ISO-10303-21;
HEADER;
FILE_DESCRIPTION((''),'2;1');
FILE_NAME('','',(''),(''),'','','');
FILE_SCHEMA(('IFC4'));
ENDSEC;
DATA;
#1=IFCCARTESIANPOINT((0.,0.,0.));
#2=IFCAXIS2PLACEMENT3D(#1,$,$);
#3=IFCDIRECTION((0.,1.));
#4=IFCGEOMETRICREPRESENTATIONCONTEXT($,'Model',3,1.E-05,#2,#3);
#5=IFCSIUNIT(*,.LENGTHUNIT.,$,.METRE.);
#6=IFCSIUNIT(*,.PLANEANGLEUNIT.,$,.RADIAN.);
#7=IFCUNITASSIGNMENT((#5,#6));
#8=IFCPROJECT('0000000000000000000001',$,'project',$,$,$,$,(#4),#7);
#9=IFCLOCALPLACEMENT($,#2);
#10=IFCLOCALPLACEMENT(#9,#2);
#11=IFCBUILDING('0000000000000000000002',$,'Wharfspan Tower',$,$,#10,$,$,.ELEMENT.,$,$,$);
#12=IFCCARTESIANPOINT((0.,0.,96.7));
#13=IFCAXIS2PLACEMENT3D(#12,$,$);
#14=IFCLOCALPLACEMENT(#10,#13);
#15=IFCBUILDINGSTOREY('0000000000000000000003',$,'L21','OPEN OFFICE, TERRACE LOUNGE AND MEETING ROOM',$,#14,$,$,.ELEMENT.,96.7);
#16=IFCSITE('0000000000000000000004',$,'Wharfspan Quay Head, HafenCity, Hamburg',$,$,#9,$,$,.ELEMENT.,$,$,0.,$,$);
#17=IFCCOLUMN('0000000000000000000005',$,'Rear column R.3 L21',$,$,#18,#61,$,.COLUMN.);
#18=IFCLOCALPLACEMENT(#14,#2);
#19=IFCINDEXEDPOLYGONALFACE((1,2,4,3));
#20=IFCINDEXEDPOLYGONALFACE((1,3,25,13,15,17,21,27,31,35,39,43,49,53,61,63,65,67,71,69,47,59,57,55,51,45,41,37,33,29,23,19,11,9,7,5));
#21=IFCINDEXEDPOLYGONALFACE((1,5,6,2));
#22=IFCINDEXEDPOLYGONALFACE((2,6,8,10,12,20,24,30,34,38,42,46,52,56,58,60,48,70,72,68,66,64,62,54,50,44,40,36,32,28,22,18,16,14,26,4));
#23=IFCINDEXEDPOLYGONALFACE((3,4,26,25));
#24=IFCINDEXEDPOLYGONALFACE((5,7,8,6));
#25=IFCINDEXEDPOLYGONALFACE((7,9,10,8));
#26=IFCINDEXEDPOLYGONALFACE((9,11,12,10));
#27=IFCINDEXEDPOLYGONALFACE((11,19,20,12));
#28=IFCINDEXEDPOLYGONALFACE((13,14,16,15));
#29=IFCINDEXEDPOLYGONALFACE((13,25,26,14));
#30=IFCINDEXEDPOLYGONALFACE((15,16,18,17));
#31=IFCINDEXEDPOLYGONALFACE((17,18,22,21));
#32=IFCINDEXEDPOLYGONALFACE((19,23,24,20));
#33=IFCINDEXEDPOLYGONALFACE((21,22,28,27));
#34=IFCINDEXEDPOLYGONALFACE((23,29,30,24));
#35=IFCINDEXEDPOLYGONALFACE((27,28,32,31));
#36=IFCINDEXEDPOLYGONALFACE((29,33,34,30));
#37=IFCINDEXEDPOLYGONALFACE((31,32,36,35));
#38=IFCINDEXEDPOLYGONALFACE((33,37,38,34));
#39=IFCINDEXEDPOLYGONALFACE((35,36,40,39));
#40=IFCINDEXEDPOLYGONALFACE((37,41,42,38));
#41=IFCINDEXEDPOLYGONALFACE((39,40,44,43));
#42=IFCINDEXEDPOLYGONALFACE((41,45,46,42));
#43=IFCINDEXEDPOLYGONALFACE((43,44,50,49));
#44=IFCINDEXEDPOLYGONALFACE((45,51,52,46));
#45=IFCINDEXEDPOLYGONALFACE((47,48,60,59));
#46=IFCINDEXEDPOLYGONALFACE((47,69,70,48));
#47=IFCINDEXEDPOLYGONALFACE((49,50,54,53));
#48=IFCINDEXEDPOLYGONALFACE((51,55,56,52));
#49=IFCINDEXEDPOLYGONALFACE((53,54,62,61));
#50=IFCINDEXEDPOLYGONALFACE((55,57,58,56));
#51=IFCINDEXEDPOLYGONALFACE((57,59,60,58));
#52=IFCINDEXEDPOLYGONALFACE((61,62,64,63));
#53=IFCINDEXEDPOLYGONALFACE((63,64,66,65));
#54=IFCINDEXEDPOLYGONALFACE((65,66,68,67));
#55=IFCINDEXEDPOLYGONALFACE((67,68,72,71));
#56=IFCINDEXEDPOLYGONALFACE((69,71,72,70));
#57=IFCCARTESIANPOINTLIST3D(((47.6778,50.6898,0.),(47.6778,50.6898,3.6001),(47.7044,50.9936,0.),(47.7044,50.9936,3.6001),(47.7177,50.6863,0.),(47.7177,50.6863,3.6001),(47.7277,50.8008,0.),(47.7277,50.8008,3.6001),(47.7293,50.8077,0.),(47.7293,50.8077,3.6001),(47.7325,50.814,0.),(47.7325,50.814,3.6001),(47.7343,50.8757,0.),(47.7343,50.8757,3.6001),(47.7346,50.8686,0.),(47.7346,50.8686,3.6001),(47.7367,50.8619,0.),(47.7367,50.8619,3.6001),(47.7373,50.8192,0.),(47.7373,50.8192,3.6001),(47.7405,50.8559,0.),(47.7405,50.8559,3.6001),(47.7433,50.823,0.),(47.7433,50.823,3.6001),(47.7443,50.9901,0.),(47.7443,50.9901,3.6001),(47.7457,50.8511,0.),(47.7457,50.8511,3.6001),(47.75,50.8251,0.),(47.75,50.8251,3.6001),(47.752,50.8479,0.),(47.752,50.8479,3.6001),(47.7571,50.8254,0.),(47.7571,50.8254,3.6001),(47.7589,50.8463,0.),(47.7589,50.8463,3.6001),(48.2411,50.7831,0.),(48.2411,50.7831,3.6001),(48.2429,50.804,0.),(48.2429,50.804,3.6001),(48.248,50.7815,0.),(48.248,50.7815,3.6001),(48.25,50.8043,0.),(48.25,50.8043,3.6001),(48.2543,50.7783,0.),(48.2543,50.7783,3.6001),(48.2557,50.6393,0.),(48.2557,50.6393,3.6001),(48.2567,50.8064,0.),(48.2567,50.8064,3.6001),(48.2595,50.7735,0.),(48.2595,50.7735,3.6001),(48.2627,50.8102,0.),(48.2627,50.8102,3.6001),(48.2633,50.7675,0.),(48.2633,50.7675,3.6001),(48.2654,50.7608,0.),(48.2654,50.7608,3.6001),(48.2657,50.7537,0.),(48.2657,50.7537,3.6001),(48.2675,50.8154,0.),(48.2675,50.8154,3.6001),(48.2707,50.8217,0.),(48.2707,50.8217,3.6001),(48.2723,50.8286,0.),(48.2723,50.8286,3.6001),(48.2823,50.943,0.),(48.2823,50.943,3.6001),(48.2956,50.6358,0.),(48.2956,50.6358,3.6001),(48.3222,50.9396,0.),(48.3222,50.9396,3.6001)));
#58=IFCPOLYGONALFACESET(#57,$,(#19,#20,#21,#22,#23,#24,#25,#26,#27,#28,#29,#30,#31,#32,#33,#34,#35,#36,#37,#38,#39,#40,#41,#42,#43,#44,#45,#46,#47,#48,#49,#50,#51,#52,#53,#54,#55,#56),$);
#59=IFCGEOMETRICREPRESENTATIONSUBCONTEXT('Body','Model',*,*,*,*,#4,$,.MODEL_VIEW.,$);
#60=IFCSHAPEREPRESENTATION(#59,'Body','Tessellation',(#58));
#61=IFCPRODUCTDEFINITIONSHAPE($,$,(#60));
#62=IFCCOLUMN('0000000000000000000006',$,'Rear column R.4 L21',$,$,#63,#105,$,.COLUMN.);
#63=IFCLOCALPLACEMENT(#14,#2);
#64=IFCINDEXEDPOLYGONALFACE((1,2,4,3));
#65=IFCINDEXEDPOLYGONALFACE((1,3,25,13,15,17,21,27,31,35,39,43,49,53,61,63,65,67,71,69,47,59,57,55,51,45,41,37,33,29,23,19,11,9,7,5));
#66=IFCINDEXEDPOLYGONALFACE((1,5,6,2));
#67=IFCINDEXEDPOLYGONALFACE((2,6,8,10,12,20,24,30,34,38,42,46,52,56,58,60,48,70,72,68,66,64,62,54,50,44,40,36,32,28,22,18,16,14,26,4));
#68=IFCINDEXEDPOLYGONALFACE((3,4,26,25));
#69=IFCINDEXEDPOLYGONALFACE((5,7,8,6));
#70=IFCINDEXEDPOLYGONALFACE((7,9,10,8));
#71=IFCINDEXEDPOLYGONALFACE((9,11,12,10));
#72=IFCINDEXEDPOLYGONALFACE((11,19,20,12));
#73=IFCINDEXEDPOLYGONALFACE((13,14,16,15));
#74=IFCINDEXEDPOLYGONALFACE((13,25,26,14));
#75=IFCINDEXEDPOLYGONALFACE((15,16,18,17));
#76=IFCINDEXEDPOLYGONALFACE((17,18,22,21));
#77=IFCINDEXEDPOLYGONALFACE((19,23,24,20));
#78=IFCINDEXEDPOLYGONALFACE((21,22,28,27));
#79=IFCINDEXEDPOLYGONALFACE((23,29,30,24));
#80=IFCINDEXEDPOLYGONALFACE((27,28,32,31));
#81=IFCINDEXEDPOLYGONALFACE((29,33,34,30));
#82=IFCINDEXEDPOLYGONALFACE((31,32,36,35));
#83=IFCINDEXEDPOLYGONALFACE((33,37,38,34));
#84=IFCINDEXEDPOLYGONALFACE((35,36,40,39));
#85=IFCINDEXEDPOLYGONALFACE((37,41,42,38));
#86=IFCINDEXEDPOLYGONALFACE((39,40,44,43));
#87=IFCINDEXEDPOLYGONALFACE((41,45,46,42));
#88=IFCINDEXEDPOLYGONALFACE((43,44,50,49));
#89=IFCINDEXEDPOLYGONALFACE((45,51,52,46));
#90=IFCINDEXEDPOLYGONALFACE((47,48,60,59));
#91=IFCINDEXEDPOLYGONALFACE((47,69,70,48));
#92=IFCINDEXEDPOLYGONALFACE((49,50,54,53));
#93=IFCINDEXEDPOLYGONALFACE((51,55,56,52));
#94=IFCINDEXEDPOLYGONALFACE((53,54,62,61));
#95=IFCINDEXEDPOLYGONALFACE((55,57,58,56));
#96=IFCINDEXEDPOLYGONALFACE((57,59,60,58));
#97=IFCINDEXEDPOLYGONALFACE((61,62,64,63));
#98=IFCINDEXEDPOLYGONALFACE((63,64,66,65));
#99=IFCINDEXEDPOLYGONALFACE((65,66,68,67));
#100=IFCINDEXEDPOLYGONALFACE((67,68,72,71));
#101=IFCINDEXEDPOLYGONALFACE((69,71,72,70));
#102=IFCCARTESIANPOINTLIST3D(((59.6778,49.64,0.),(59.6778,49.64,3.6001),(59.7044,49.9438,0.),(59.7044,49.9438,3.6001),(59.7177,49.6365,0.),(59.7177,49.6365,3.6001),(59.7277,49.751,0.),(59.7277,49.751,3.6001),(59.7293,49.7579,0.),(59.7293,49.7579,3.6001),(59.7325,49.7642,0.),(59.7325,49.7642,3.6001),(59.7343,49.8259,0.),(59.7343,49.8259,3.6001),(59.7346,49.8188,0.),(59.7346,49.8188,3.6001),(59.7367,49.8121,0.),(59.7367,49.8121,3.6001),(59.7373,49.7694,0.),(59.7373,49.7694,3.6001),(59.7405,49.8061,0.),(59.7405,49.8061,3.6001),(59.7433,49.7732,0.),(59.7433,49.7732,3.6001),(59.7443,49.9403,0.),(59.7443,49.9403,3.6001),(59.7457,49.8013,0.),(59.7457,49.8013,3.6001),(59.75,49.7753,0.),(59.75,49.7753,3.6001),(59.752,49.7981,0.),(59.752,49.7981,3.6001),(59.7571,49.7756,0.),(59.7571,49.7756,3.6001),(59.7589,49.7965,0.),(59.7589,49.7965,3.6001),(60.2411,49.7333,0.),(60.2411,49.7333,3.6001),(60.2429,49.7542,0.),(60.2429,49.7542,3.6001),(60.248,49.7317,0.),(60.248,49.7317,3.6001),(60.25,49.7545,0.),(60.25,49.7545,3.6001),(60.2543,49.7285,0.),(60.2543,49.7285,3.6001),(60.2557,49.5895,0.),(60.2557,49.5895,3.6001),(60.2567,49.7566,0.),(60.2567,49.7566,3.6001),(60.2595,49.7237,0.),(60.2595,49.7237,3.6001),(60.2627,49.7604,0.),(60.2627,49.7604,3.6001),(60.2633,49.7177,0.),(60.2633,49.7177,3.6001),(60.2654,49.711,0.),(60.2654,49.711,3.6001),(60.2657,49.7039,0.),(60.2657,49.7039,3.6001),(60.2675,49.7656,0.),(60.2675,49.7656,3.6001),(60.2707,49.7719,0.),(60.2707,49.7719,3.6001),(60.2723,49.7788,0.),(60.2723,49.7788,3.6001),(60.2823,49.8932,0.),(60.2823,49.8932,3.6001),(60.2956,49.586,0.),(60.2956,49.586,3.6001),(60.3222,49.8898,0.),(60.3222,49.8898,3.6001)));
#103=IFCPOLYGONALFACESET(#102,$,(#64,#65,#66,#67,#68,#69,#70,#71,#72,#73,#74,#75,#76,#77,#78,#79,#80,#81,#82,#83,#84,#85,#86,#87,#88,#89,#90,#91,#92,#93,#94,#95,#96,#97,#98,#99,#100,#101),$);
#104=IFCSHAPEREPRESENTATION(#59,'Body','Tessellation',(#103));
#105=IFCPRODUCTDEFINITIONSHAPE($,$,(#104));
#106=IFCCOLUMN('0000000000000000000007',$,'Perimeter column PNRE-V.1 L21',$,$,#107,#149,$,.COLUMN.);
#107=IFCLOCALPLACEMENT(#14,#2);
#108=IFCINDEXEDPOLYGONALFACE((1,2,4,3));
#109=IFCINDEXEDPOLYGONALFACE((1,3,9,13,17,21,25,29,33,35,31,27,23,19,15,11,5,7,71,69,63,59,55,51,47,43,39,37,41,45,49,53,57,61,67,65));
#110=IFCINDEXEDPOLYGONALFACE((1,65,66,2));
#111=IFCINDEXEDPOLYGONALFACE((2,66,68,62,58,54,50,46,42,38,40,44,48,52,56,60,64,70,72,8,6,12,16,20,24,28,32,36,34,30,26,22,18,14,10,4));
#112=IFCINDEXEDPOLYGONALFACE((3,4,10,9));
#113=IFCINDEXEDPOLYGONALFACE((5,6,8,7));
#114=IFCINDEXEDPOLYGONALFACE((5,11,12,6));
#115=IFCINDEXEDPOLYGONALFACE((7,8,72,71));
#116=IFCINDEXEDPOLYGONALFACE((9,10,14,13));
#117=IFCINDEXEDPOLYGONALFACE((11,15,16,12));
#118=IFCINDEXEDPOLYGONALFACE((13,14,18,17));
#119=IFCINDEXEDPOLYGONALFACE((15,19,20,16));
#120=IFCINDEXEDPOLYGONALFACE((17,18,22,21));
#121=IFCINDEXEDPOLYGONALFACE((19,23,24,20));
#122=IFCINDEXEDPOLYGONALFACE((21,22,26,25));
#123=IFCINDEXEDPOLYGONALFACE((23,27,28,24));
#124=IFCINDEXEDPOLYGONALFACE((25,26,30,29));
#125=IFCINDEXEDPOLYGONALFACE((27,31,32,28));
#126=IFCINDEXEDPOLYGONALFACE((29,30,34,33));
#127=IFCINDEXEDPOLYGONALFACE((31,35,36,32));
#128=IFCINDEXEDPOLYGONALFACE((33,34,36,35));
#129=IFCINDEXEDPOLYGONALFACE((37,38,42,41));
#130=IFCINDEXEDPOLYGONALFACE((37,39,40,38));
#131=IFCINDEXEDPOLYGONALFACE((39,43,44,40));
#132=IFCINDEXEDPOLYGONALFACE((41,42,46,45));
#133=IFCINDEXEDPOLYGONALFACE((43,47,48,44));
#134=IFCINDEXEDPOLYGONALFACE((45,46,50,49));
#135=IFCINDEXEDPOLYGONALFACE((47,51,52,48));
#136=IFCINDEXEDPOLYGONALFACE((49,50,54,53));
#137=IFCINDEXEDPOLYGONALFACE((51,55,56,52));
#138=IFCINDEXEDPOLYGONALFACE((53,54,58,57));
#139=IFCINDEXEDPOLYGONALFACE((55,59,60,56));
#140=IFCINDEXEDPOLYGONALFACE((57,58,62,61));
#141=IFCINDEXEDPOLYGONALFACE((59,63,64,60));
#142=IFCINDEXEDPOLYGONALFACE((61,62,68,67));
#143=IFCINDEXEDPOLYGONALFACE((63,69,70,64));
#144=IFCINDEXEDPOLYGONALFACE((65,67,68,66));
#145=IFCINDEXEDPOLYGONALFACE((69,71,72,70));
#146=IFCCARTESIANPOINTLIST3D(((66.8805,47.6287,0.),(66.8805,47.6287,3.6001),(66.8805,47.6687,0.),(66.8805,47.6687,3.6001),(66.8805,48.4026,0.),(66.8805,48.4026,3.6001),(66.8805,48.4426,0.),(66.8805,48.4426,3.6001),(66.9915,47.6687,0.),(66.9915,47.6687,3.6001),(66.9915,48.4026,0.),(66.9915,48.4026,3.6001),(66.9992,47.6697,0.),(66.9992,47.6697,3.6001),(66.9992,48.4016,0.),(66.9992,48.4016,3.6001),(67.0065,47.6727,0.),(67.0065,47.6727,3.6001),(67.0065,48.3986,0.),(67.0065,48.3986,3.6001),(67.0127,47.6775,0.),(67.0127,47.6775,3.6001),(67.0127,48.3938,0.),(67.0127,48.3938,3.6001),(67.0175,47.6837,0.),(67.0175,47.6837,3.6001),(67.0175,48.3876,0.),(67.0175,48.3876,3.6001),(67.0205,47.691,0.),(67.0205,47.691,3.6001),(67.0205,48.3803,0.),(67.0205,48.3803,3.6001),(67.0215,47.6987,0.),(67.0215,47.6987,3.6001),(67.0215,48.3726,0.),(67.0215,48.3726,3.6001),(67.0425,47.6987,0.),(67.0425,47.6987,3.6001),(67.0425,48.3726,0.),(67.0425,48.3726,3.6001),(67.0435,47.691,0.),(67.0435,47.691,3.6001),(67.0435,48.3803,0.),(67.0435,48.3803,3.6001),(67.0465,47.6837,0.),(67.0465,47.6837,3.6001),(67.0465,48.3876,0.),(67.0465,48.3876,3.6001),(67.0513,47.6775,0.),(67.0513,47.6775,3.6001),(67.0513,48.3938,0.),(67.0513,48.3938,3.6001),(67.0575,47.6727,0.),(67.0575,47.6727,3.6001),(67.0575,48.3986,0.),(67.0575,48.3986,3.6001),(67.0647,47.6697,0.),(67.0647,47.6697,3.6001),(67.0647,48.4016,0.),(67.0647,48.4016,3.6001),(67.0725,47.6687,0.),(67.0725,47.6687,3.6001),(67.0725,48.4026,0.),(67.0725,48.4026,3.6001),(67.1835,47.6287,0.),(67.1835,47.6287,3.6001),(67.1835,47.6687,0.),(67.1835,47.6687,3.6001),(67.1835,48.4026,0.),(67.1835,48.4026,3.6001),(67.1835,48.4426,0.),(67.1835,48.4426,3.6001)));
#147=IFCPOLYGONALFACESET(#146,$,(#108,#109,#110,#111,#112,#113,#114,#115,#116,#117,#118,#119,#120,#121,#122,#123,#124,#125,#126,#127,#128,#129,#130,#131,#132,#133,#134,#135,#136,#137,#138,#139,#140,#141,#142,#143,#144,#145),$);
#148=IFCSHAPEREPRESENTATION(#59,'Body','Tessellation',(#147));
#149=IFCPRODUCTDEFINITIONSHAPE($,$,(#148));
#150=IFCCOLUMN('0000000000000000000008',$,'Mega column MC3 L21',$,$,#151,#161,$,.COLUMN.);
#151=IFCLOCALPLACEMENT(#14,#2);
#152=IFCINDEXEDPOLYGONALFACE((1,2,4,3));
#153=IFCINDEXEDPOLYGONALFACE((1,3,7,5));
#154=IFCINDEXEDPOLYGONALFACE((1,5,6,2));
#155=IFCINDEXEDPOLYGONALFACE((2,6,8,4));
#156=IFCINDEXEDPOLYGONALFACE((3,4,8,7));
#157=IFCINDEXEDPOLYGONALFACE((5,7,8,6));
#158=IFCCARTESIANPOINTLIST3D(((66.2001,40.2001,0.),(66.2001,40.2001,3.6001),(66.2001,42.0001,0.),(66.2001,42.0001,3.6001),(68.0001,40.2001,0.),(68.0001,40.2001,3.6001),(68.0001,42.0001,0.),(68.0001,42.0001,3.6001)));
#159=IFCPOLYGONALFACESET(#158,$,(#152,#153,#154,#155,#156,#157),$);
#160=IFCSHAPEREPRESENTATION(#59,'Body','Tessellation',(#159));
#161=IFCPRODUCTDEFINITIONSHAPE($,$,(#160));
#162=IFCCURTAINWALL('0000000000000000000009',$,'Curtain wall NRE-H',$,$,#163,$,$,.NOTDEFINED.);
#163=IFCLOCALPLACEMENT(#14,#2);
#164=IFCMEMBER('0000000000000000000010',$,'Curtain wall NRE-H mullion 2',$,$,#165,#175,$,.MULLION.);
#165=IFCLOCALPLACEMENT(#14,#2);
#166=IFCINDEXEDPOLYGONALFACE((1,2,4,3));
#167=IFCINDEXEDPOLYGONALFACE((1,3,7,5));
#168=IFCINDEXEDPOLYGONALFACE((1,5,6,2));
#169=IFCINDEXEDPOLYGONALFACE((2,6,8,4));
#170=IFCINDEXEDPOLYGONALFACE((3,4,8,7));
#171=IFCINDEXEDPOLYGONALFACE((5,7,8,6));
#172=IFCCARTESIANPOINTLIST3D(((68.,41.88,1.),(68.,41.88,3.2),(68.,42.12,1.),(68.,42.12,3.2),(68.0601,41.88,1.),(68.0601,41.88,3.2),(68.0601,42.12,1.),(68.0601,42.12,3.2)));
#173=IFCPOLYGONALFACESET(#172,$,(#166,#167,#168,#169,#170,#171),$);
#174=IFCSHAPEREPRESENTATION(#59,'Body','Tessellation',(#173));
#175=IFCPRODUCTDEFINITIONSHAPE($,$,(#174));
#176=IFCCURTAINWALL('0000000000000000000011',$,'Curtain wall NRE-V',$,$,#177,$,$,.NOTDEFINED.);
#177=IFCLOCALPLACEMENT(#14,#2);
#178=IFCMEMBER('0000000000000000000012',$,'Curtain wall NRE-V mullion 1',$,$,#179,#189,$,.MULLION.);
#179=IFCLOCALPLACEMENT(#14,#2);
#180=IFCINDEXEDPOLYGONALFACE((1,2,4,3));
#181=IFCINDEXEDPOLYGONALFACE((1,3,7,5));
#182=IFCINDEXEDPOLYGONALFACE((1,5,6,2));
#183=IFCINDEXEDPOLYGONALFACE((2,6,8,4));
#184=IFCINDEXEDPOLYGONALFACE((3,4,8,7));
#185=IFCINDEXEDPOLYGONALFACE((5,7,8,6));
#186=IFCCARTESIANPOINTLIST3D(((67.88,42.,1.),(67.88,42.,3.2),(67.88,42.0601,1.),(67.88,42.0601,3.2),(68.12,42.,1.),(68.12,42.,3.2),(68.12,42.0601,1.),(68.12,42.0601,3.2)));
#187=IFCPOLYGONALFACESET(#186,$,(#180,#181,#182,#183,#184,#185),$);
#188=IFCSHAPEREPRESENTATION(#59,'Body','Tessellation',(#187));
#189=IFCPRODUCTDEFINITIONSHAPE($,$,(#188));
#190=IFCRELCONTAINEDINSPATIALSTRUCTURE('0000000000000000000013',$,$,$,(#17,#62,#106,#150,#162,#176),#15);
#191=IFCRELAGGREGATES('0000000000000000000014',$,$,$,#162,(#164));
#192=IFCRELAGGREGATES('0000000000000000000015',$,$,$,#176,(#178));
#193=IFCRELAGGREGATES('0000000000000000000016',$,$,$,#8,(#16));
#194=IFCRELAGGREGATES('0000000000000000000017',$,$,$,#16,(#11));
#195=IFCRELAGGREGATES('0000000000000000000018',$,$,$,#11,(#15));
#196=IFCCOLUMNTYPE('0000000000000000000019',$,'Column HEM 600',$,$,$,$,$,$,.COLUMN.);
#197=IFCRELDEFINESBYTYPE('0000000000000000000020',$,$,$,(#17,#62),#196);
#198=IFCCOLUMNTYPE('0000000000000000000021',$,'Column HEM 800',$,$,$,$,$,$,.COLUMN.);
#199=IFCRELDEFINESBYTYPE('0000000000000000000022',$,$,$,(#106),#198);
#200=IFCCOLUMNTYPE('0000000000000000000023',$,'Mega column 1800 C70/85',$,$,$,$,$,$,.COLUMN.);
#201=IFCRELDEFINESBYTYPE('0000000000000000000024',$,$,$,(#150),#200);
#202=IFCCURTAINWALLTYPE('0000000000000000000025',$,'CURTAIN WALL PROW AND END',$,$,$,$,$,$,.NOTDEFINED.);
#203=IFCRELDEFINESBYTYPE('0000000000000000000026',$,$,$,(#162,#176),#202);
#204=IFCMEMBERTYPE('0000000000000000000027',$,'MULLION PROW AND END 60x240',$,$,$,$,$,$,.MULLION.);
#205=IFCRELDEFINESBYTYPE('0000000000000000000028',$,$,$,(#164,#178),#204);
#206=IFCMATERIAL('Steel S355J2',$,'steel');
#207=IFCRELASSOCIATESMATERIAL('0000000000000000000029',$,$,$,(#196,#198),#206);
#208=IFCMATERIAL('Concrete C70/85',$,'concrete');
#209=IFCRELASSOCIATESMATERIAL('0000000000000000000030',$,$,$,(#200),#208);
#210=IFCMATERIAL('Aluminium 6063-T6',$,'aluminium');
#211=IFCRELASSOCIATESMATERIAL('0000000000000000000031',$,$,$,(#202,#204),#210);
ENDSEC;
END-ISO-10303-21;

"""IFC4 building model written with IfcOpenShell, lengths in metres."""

from ifc_helpers import new_model, si_unit, direction, frame, origin, origin_2d, place, context, subcontext, project, spatial, rectangle, i_section, extrude, material, material_profile, profile_set, type_object, element, aggregate, save


model = new_model("IFC4")

# Units and contexts
model_context = context("Model", 3, precision=1e-05, world=origin(), true_north=direction((0.0, 1.0)))
body_context = subcontext(model_context, "Body", "Model", "MODEL_VIEW")
ifc_project = project(units=[si_unit("LENGTHUNIT", "METRE"), si_unit("PLANEANGLEUNIT", "RADIAN")], contexts=[model_context])

# Site, building, storey
site_placement = place(None, origin())
site = spatial("IfcSite", under=ifc_project, at=site_placement, Name="Wharfspan Quay Head, HafenCity, Hamburg", CompositionType="ELEMENT", RefElevation=0.0)
building_placement = place(site_placement, origin())
building = spatial("IfcBuilding", under=site, at=building_placement, Name="Wharfspan Tower", CompositionType="ELEMENT")
storey_placement = place(building_placement, frame((0.0, 0.0, 96.7)))
storey = spatial("IfcBuildingStorey", under=building, at=storey_placement, Name="L21", Description="OPEN OFFICE, TERRACE LOUNGE AND MEETING ROOM", CompositionType="ELEMENT", Elevation=96.7)

# Columns
ifc_material_1 = material(Name="Steel S355J2", Category="steel")
ifc_material_profile_1 = material_profile(ifc_material_1, i_section(OverallWidth=0.3049, OverallDepth=0.6201, WebThickness=0.021, FlangeThickness=0.04, FilletRadius=0.0271, at=origin_2d()))
ifc_profile_set_1 = profile_set([ifc_material_profile_1], Name="Steel S355J2")
column_type_1 = type_object("IfcColumnType", Name="Column HEM 600", PredefinedType="COLUMN", material=ifc_profile_set_1)
for number, where, z_axis, x_axis, name in (
    (1, (48.0, 50.8147, 0.0), (0.0, 0.0, 1.0), (0.087156, 0.996198, 0.0), "Rear column R.3 L21"),
    (2, (60.0, 49.7649, 0.0), (0.0, 0.0, 1.0), (0.087156, 0.996198, 0.0), "Rear column R.4 L21"),
):
    element("IfcColumn", number, at=place(storey_placement, frame(where, z_axis=z_axis, x_axis=x_axis)), inside=storey, type_object=column_type_1, Name=name, PredefinedType="COLUMN", context=body_context, shape_type="SweptSolid", body=[
        extrude(i_section(OverallWidth=0.3049, OverallDepth=0.6201, WebThickness=0.021, FlangeThickness=0.04, FilletRadius=0.0271, at=origin_2d()), origin(), (0.0, 0.0, 1.0), 3.6001),
    ])
ifc_material_profile_2 = material_profile(ifc_material_1, i_section(OverallWidth=0.303, OverallDepth=0.814, WebThickness=0.021, FlangeThickness=0.04, FilletRadius=0.03, at=origin_2d()))
ifc_profile_set_2 = profile_set([ifc_material_profile_2], Name="Steel S355J2")
column_type_2 = type_object("IfcColumnType", Name="Column HEM 800", PredefinedType="COLUMN", material=ifc_profile_set_2)
column_1_placement = place(storey_placement, frame((67.032, 48.0356, 0.0), z_axis=(0.0, 0.0, 1.0), x_axis=(1.0, 0.0, 0.0)))
element("IfcColumn", 3, at=column_1_placement, inside=storey, type_object=column_type_2, Name="Perimeter column PNRE-V.1 L21", PredefinedType="COLUMN", context=body_context, shape_type="SweptSolid", body=[
    extrude(i_section(OverallWidth=0.303, OverallDepth=0.814, WebThickness=0.021, FlangeThickness=0.04, FilletRadius=0.03, at=origin_2d()), origin(), (0.0, 0.0, 1.0), 3.6001),
])
ifc_material_2 = material(Name="Concrete C70/85", Category="concrete")
ifc_material_profile_3 = material_profile(ifc_material_2, rectangle(XDim=1.8, YDim=1.8, at=origin_2d()))
ifc_profile_set_3 = profile_set([ifc_material_profile_3], Name="Concrete C70/85")
column_type_3 = type_object("IfcColumnType", Name="Mega column 1800 C70/85", PredefinedType="COLUMN", material=ifc_profile_set_3)
column_2_placement = place(storey_placement, frame((67.1001, 41.1001, 0.0), z_axis=(0.0, 0.0, 1.0), x_axis=(1.0, 0.0, 0.0)))
element("IfcColumn", 4, at=column_2_placement, inside=storey, type_object=column_type_3, Name="Mega column MC3 L21", PredefinedType="COLUMN", context=body_context, shape_type="SweptSolid", body=[
    extrude(rectangle(XDim=1.8, YDim=1.8, at=origin_2d()), origin(), (0.0, 0.0, 1.0), 3.6001),
])

# Curtain wall, member
ifc_material_3 = material(Name="Aluminium 6063-T6", Category="aluminium")
curtain_wall_type = type_object("IfcCurtainWallType", Name="CURTAIN WALL PROW AND END", PredefinedType="NOTDEFINED", material=ifc_material_3)
curtain_wall_1_placement = place(storey_placement, origin())
curtain_wall_1 = element("IfcCurtainWall", 5, at=curtain_wall_1_placement, inside=storey, type_object=curtain_wall_type, Name="Curtain wall NRE-H", PredefinedType="NOTDEFINED")
ifc_material_profile_4 = material_profile(ifc_material_3, rectangle(XDim=0.24, YDim=0.0601, at=origin_2d()))
ifc_profile_set_4 = profile_set([ifc_material_profile_4], Name="Aluminium 6063-T6")
member_type_1 = type_object("IfcMemberType", Name="MULLION PROW AND END 60x240", PredefinedType="MULLION", material=ifc_profile_set_4)
member_1_placement = place(storey_placement, frame((68.03, 42.0, 1.0), z_axis=(0.0, 0.0, 1.0), x_axis=(0.0, -1.0, 0.0)))
member_1 = element("IfcMember", 6, at=member_1_placement, type_object=member_type_1, Name="Curtain wall NRE-H mullion 2", PredefinedType="MULLION", context=body_context, shape_type="SweptSolid", body=[
    extrude(rectangle(XDim=0.24, YDim=0.0601, at=origin_2d()), origin(), (0.0, 0.0, 1.0), 2.2),
])
aggregate(curtain_wall_1, [member_1])

# Curtain wall, member
curtain_wall_2_placement = place(storey_placement, origin())
curtain_wall_2 = element("IfcCurtainWall", 7, at=curtain_wall_2_placement, inside=storey, type_object=curtain_wall_type, Name="Curtain wall NRE-V", PredefinedType="NOTDEFINED")
member_2_placement = place(storey_placement, frame((68.0, 42.03, 1.0), z_axis=(0.0, 0.0, 1.0), x_axis=(-1.0, 0.0, 0.0)))
member_2 = element("IfcMember", 8, at=member_2_placement, type_object=member_type_1, Name="Curtain wall NRE-V mullion 1", PredefinedType="MULLION", context=body_context, shape_type="SweptSolid", body=[
    extrude(rectangle(XDim=0.24, YDim=0.0601, at=origin_2d()), origin(), (0.0, 0.0, 1.0), 2.2),
])
aggregate(curtain_wall_2, [member_2])

save(model, "model.ifc")
